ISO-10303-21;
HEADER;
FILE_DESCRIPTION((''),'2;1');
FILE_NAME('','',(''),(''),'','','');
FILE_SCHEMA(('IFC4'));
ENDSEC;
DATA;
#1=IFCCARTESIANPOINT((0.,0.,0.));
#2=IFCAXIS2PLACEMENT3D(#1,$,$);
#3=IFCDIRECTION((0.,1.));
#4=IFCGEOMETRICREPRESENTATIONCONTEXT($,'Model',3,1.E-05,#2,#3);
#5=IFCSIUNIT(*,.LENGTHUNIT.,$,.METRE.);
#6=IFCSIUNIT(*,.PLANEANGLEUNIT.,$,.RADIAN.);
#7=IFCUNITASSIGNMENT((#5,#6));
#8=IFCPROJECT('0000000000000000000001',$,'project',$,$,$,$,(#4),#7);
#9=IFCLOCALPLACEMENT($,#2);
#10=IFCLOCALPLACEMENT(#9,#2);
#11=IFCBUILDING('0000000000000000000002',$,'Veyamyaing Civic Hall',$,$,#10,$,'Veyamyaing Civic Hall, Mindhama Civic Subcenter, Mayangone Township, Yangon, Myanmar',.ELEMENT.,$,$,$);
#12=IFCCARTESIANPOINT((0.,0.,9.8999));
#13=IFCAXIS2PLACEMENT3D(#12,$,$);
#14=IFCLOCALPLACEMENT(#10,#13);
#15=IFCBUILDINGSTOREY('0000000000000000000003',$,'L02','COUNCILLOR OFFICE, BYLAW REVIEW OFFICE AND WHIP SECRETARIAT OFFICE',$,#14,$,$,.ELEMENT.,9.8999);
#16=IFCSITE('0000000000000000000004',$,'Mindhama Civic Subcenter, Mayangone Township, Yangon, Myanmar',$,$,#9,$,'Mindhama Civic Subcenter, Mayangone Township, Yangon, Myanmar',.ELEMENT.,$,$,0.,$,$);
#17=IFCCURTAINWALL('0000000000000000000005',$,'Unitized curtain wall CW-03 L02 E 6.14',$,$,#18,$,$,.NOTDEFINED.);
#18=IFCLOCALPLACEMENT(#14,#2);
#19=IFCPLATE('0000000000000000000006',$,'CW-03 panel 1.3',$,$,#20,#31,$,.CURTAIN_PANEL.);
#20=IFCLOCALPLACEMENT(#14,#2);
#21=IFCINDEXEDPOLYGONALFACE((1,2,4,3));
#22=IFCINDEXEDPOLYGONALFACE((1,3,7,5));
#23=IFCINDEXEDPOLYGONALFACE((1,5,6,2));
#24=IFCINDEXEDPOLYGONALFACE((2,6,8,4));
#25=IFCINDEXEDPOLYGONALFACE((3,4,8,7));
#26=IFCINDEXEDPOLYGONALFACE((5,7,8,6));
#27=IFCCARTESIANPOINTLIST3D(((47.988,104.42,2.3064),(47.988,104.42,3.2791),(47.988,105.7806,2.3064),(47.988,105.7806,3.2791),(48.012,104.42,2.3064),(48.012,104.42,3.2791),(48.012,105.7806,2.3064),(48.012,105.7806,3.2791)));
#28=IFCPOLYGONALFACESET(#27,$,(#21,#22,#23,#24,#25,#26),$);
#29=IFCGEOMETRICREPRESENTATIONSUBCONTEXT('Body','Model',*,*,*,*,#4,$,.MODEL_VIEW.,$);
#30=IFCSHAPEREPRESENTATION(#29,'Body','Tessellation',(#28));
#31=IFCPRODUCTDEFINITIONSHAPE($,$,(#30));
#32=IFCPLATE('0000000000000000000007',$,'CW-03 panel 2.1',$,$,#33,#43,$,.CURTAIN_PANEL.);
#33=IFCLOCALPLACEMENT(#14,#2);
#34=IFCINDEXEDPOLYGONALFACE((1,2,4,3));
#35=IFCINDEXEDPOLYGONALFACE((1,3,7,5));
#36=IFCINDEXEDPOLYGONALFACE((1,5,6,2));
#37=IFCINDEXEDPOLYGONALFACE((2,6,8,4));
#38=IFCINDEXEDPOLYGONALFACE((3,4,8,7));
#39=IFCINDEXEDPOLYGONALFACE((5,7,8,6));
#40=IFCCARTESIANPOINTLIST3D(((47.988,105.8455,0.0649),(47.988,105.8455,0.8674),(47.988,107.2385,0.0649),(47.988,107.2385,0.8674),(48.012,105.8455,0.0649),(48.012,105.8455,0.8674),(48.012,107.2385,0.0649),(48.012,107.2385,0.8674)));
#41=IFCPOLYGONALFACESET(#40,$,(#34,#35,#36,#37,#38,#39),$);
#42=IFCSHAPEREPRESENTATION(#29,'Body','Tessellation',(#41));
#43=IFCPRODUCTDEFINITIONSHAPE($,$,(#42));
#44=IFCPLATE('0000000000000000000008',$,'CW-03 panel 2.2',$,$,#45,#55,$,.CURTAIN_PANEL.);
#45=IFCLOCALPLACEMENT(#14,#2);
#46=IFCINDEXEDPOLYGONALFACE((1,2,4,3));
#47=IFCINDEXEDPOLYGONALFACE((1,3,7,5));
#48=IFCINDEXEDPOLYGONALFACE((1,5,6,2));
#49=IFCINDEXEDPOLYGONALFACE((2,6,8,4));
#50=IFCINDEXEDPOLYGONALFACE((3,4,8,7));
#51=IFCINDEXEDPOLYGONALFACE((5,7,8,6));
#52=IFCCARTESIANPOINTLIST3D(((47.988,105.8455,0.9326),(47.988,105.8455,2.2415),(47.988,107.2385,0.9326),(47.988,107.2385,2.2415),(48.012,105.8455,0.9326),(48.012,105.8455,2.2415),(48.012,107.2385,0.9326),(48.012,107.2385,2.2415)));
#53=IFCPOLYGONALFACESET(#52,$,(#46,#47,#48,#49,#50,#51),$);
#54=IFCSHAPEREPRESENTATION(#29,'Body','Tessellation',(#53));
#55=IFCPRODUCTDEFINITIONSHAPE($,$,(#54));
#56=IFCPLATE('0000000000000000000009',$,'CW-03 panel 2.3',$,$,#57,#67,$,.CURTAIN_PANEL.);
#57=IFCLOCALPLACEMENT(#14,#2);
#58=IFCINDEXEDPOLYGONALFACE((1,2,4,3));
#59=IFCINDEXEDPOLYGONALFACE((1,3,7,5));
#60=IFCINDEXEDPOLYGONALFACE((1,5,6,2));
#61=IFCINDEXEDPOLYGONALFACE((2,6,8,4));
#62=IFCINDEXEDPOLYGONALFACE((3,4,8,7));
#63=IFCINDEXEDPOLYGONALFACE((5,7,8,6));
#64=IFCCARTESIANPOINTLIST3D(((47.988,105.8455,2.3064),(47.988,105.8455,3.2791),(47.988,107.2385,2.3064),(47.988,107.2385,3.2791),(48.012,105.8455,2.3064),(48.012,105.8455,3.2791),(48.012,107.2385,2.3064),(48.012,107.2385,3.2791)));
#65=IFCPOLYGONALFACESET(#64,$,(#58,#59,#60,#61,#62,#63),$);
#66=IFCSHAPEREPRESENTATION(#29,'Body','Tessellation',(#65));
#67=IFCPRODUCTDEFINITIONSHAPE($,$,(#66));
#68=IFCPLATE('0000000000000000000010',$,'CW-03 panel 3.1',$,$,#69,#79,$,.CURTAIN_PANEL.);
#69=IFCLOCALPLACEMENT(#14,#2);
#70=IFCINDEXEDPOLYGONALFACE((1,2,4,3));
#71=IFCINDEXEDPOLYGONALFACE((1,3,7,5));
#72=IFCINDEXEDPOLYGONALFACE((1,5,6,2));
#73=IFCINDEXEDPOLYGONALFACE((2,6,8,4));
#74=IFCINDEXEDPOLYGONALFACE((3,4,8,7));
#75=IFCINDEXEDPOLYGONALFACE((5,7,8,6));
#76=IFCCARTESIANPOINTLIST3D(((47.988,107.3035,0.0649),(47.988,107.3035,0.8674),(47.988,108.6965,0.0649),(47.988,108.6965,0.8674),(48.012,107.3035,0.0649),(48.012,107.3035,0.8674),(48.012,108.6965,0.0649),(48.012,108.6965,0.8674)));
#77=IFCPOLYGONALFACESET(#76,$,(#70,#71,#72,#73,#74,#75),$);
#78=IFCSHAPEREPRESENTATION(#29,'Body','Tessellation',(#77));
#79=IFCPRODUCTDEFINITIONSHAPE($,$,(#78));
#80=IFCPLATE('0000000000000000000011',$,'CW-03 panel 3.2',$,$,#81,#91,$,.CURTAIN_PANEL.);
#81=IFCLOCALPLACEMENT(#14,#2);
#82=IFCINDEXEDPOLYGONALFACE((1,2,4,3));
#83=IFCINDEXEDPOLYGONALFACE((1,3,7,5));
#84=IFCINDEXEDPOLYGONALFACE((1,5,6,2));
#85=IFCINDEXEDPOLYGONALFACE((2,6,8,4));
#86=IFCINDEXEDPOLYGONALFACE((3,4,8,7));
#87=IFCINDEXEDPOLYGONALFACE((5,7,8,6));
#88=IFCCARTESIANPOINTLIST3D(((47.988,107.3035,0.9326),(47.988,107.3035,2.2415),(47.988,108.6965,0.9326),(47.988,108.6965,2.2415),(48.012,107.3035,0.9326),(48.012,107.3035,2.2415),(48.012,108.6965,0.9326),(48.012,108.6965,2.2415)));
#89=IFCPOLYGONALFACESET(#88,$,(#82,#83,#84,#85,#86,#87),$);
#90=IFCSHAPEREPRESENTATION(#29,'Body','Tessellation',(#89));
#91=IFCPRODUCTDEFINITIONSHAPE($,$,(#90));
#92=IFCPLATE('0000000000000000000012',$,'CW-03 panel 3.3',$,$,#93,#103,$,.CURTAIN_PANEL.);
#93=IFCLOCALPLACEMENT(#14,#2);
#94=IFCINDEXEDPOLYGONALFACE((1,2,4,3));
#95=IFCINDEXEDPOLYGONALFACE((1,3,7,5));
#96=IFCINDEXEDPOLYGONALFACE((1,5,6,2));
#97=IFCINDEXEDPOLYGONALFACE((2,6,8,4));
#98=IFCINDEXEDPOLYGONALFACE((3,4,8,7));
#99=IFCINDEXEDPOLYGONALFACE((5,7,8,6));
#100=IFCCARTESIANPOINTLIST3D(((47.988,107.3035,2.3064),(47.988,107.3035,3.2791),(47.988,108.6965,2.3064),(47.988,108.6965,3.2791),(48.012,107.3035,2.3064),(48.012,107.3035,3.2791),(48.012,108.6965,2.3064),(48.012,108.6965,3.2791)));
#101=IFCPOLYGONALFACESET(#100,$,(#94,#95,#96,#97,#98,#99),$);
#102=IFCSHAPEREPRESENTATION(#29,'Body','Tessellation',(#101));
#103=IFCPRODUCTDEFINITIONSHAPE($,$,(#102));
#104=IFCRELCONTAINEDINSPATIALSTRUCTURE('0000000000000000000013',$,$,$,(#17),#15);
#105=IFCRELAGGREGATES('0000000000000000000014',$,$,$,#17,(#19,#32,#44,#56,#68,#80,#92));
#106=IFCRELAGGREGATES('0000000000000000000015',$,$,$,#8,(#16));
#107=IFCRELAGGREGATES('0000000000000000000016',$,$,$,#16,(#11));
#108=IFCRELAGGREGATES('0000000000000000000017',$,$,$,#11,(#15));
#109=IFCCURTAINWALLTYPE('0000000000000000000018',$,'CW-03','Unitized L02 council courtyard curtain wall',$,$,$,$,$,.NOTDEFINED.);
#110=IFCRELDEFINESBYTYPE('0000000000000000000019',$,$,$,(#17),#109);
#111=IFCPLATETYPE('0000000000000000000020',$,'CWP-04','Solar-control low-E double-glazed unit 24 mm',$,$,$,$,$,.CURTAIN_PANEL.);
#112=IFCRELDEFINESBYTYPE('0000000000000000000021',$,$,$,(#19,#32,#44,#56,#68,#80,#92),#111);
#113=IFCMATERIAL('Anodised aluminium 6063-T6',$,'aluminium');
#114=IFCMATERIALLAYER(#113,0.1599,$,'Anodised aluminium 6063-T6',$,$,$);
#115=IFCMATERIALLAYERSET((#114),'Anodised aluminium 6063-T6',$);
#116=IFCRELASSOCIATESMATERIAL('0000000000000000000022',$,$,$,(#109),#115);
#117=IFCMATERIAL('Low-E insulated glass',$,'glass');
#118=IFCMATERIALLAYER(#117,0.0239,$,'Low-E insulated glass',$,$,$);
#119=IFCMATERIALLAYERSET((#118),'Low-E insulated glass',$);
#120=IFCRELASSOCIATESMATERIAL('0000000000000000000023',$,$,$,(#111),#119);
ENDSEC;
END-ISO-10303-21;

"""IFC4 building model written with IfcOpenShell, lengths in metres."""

from ifc_helpers import new_model, si_unit, direction, frame, origin, origin_2d, place, context, subcontext, project, spatial, rectangle, extrude, material, layer, layer_set, type_object, element, aggregate, save


model = new_model("IFC4")

# Units and contexts
model_context = context("Model", 3, precision=1e-05, world=origin(), true_north=direction((0.0, 1.0)))
body_context = subcontext(model_context, "Body", "Model", "MODEL_VIEW")
ifc_project = project(units=[si_unit("LENGTHUNIT", "METRE"), si_unit("PLANEANGLEUNIT", "RADIAN")], contexts=[model_context])

# Site, building, storey
site_placement = place(None, origin())
site = spatial("IfcSite", under=ifc_project, at=site_placement, Name="Mindhama Civic Subcenter, Mayangone Township, Yangon, Myanmar", LongName="Mindhama Civic Subcenter, Mayangone Township, Yangon, Myanmar", CompositionType="ELEMENT", RefElevation=0.0)
building_placement = place(site_placement, origin())
building = spatial("IfcBuilding", under=site, at=building_placement, Name="Veyamyaing Civic Hall", LongName="Veyamyaing Civic Hall, Mindhama Civic Subcenter, Mayangone Township, Yangon, Myanmar", CompositionType="ELEMENT")
storey_placement = place(building_placement, frame((0.0, 0.0, 9.8999)))
storey = spatial("IfcBuildingStorey", under=building, at=storey_placement, Name="L02", Description="COUNCILLOR OFFICE, BYLAW REVIEW OFFICE AND WHIP SECRETARIAT OFFICE", CompositionType="ELEMENT", Elevation=9.8999)

# Curtain wall, plates
ifc_material_1 = material(Name="Anodised aluminium 6063-T6", Category="aluminium")
ifc_layer_1 = layer(ifc_material_1, 0.1599, Name="Anodised aluminium 6063-T6")
ifc_layer_set_1 = layer_set([ifc_layer_1], Name="Anodised aluminium 6063-T6")
curtain_wall_type = type_object("IfcCurtainWallType", Name="CW-03", Description="Unitized L02 council courtyard curtain wall", PredefinedType="NOTDEFINED", material=ifc_layer_set_1)
curtain_wall_placement = place(storey_placement, origin())
curtain_wall = element("IfcCurtainWall", 1, at=curtain_wall_placement, inside=storey, type_object=curtain_wall_type, Name="Unitized curtain wall CW-03 L02 E 6.14", PredefinedType="NOTDEFINED")
ifc_material_2 = material(Name="Low-E insulated glass", Category="glass")
ifc_layer_2 = layer(ifc_material_2, 0.0239, Name="Low-E insulated glass")
ifc_layer_set_2 = layer_set([ifc_layer_2], Name="Low-E insulated glass")
plate_type = type_object("IfcPlateType", Name="CWP-04", Description="Solar-control low-E double-glazed unit 24 mm", PredefinedType="CURTAIN_PANEL", material=ifc_layer_set_2)
plate_1_placement = place(storey_placement, frame((48.0, 105.1003, 2.3064), z_axis=(0.0, 0.0, 1.0), x_axis=(0.0, 1.0, 0.0)))
plate_1 = element("IfcPlate", 2, at=plate_1_placement, type_object=plate_type, Name="CW-03 panel 1.3", PredefinedType="CURTAIN_PANEL", context=body_context, shape_type="SweptSolid", body=[
    extrude(rectangle(XDim=1.3606, YDim=0.0239, at=origin_2d()), origin(), (0.0, 0.0, 1.0), 0.9727),
])
plate_2_placement = place(storey_placement, frame((48.0, 106.542, 0.0649), z_axis=(0.0, 0.0, 1.0), x_axis=(0.0, 1.0, 0.0)))
plate_2 = element("IfcPlate", 3, at=plate_2_placement, type_object=plate_type, Name="CW-03 panel 2.1", PredefinedType="CURTAIN_PANEL", context=body_context, shape_type="SweptSolid", body=[
    extrude(rectangle(XDim=1.3931, YDim=0.0239, at=origin_2d()), origin(), (0.0, 0.0, 1.0), 0.8025),
])
plate_3_placement = place(storey_placement, frame((48.0, 106.542, 0.9326), z_axis=(0.0, 0.0, 1.0), x_axis=(0.0, 1.0, 0.0)))
plate_3 = element("IfcPlate", 4, at=plate_3_placement, type_object=plate_type, Name="CW-03 panel 2.2", PredefinedType="CURTAIN_PANEL", context=body_context, shape_type="SweptSolid", body=[
    extrude(rectangle(XDim=1.3931, YDim=0.0239, at=origin_2d()), origin(), (0.0, 0.0, 1.0), 1.3088),
])
plate_4_placement = place(storey_placement, frame((48.0, 106.542, 2.3064), z_axis=(0.0, 0.0, 1.0), x_axis=(0.0, 1.0, 0.0)))
plate_4 = element("IfcPlate", 5, at=plate_4_placement, type_object=plate_type, Name="CW-03 panel 2.3", PredefinedType="CURTAIN_PANEL", context=body_context, shape_type="SweptSolid", body=[
    extrude(rectangle(XDim=1.3931, YDim=0.0239, at=origin_2d()), origin(), (0.0, 0.0, 1.0), 0.9727),
])
plate_5_placement = place(storey_placement, frame((48.0, 108.0, 0.0649), z_axis=(0.0, 0.0, 1.0), x_axis=(0.0, 1.0, 0.0)))
plate_5 = element("IfcPlate", 6, at=plate_5_placement, type_object=plate_type, Name="CW-03 panel 3.1", PredefinedType="CURTAIN_PANEL", context=body_context, shape_type="SweptSolid", body=[
    extrude(rectangle(XDim=1.3931, YDim=0.0239, at=origin_2d()), origin(), (0.0, 0.0, 1.0), 0.8025),
])
plate_6_placement = place(storey_placement, frame((48.0, 108.0, 0.9326), z_axis=(0.0, 0.0, 1.0), x_axis=(0.0, 1.0, 0.0)))
plate_6 = element("IfcPlate", 7, at=plate_6_placement, type_object=plate_type, Name="CW-03 panel 3.2", PredefinedType="CURTAIN_PANEL", context=body_context, shape_type="SweptSolid", body=[
    extrude(rectangle(XDim=1.3931, YDim=0.0239, at=origin_2d()), origin(), (0.0, 0.0, 1.0), 1.3088),
])
plate_7_placement = place(storey_placement, frame((48.0, 108.0, 2.3064), z_axis=(0.0, 0.0, 1.0), x_axis=(0.0, 1.0, 0.0)))
plate_7 = element("IfcPlate", 8, at=plate_7_placement, type_object=plate_type, Name="CW-03 panel 3.3", PredefinedType="CURTAIN_PANEL", context=body_context, shape_type="SweptSolid", body=[
    extrude(rectangle(XDim=1.3931, YDim=0.0239, at=origin_2d()), origin(), (0.0, 0.0, 1.0), 0.9727),
])
aggregate(curtain_wall, [plate_1, plate_2, plate_3, plate_4, plate_5, plate_6, plate_7])

save(model, "model.ifc")
